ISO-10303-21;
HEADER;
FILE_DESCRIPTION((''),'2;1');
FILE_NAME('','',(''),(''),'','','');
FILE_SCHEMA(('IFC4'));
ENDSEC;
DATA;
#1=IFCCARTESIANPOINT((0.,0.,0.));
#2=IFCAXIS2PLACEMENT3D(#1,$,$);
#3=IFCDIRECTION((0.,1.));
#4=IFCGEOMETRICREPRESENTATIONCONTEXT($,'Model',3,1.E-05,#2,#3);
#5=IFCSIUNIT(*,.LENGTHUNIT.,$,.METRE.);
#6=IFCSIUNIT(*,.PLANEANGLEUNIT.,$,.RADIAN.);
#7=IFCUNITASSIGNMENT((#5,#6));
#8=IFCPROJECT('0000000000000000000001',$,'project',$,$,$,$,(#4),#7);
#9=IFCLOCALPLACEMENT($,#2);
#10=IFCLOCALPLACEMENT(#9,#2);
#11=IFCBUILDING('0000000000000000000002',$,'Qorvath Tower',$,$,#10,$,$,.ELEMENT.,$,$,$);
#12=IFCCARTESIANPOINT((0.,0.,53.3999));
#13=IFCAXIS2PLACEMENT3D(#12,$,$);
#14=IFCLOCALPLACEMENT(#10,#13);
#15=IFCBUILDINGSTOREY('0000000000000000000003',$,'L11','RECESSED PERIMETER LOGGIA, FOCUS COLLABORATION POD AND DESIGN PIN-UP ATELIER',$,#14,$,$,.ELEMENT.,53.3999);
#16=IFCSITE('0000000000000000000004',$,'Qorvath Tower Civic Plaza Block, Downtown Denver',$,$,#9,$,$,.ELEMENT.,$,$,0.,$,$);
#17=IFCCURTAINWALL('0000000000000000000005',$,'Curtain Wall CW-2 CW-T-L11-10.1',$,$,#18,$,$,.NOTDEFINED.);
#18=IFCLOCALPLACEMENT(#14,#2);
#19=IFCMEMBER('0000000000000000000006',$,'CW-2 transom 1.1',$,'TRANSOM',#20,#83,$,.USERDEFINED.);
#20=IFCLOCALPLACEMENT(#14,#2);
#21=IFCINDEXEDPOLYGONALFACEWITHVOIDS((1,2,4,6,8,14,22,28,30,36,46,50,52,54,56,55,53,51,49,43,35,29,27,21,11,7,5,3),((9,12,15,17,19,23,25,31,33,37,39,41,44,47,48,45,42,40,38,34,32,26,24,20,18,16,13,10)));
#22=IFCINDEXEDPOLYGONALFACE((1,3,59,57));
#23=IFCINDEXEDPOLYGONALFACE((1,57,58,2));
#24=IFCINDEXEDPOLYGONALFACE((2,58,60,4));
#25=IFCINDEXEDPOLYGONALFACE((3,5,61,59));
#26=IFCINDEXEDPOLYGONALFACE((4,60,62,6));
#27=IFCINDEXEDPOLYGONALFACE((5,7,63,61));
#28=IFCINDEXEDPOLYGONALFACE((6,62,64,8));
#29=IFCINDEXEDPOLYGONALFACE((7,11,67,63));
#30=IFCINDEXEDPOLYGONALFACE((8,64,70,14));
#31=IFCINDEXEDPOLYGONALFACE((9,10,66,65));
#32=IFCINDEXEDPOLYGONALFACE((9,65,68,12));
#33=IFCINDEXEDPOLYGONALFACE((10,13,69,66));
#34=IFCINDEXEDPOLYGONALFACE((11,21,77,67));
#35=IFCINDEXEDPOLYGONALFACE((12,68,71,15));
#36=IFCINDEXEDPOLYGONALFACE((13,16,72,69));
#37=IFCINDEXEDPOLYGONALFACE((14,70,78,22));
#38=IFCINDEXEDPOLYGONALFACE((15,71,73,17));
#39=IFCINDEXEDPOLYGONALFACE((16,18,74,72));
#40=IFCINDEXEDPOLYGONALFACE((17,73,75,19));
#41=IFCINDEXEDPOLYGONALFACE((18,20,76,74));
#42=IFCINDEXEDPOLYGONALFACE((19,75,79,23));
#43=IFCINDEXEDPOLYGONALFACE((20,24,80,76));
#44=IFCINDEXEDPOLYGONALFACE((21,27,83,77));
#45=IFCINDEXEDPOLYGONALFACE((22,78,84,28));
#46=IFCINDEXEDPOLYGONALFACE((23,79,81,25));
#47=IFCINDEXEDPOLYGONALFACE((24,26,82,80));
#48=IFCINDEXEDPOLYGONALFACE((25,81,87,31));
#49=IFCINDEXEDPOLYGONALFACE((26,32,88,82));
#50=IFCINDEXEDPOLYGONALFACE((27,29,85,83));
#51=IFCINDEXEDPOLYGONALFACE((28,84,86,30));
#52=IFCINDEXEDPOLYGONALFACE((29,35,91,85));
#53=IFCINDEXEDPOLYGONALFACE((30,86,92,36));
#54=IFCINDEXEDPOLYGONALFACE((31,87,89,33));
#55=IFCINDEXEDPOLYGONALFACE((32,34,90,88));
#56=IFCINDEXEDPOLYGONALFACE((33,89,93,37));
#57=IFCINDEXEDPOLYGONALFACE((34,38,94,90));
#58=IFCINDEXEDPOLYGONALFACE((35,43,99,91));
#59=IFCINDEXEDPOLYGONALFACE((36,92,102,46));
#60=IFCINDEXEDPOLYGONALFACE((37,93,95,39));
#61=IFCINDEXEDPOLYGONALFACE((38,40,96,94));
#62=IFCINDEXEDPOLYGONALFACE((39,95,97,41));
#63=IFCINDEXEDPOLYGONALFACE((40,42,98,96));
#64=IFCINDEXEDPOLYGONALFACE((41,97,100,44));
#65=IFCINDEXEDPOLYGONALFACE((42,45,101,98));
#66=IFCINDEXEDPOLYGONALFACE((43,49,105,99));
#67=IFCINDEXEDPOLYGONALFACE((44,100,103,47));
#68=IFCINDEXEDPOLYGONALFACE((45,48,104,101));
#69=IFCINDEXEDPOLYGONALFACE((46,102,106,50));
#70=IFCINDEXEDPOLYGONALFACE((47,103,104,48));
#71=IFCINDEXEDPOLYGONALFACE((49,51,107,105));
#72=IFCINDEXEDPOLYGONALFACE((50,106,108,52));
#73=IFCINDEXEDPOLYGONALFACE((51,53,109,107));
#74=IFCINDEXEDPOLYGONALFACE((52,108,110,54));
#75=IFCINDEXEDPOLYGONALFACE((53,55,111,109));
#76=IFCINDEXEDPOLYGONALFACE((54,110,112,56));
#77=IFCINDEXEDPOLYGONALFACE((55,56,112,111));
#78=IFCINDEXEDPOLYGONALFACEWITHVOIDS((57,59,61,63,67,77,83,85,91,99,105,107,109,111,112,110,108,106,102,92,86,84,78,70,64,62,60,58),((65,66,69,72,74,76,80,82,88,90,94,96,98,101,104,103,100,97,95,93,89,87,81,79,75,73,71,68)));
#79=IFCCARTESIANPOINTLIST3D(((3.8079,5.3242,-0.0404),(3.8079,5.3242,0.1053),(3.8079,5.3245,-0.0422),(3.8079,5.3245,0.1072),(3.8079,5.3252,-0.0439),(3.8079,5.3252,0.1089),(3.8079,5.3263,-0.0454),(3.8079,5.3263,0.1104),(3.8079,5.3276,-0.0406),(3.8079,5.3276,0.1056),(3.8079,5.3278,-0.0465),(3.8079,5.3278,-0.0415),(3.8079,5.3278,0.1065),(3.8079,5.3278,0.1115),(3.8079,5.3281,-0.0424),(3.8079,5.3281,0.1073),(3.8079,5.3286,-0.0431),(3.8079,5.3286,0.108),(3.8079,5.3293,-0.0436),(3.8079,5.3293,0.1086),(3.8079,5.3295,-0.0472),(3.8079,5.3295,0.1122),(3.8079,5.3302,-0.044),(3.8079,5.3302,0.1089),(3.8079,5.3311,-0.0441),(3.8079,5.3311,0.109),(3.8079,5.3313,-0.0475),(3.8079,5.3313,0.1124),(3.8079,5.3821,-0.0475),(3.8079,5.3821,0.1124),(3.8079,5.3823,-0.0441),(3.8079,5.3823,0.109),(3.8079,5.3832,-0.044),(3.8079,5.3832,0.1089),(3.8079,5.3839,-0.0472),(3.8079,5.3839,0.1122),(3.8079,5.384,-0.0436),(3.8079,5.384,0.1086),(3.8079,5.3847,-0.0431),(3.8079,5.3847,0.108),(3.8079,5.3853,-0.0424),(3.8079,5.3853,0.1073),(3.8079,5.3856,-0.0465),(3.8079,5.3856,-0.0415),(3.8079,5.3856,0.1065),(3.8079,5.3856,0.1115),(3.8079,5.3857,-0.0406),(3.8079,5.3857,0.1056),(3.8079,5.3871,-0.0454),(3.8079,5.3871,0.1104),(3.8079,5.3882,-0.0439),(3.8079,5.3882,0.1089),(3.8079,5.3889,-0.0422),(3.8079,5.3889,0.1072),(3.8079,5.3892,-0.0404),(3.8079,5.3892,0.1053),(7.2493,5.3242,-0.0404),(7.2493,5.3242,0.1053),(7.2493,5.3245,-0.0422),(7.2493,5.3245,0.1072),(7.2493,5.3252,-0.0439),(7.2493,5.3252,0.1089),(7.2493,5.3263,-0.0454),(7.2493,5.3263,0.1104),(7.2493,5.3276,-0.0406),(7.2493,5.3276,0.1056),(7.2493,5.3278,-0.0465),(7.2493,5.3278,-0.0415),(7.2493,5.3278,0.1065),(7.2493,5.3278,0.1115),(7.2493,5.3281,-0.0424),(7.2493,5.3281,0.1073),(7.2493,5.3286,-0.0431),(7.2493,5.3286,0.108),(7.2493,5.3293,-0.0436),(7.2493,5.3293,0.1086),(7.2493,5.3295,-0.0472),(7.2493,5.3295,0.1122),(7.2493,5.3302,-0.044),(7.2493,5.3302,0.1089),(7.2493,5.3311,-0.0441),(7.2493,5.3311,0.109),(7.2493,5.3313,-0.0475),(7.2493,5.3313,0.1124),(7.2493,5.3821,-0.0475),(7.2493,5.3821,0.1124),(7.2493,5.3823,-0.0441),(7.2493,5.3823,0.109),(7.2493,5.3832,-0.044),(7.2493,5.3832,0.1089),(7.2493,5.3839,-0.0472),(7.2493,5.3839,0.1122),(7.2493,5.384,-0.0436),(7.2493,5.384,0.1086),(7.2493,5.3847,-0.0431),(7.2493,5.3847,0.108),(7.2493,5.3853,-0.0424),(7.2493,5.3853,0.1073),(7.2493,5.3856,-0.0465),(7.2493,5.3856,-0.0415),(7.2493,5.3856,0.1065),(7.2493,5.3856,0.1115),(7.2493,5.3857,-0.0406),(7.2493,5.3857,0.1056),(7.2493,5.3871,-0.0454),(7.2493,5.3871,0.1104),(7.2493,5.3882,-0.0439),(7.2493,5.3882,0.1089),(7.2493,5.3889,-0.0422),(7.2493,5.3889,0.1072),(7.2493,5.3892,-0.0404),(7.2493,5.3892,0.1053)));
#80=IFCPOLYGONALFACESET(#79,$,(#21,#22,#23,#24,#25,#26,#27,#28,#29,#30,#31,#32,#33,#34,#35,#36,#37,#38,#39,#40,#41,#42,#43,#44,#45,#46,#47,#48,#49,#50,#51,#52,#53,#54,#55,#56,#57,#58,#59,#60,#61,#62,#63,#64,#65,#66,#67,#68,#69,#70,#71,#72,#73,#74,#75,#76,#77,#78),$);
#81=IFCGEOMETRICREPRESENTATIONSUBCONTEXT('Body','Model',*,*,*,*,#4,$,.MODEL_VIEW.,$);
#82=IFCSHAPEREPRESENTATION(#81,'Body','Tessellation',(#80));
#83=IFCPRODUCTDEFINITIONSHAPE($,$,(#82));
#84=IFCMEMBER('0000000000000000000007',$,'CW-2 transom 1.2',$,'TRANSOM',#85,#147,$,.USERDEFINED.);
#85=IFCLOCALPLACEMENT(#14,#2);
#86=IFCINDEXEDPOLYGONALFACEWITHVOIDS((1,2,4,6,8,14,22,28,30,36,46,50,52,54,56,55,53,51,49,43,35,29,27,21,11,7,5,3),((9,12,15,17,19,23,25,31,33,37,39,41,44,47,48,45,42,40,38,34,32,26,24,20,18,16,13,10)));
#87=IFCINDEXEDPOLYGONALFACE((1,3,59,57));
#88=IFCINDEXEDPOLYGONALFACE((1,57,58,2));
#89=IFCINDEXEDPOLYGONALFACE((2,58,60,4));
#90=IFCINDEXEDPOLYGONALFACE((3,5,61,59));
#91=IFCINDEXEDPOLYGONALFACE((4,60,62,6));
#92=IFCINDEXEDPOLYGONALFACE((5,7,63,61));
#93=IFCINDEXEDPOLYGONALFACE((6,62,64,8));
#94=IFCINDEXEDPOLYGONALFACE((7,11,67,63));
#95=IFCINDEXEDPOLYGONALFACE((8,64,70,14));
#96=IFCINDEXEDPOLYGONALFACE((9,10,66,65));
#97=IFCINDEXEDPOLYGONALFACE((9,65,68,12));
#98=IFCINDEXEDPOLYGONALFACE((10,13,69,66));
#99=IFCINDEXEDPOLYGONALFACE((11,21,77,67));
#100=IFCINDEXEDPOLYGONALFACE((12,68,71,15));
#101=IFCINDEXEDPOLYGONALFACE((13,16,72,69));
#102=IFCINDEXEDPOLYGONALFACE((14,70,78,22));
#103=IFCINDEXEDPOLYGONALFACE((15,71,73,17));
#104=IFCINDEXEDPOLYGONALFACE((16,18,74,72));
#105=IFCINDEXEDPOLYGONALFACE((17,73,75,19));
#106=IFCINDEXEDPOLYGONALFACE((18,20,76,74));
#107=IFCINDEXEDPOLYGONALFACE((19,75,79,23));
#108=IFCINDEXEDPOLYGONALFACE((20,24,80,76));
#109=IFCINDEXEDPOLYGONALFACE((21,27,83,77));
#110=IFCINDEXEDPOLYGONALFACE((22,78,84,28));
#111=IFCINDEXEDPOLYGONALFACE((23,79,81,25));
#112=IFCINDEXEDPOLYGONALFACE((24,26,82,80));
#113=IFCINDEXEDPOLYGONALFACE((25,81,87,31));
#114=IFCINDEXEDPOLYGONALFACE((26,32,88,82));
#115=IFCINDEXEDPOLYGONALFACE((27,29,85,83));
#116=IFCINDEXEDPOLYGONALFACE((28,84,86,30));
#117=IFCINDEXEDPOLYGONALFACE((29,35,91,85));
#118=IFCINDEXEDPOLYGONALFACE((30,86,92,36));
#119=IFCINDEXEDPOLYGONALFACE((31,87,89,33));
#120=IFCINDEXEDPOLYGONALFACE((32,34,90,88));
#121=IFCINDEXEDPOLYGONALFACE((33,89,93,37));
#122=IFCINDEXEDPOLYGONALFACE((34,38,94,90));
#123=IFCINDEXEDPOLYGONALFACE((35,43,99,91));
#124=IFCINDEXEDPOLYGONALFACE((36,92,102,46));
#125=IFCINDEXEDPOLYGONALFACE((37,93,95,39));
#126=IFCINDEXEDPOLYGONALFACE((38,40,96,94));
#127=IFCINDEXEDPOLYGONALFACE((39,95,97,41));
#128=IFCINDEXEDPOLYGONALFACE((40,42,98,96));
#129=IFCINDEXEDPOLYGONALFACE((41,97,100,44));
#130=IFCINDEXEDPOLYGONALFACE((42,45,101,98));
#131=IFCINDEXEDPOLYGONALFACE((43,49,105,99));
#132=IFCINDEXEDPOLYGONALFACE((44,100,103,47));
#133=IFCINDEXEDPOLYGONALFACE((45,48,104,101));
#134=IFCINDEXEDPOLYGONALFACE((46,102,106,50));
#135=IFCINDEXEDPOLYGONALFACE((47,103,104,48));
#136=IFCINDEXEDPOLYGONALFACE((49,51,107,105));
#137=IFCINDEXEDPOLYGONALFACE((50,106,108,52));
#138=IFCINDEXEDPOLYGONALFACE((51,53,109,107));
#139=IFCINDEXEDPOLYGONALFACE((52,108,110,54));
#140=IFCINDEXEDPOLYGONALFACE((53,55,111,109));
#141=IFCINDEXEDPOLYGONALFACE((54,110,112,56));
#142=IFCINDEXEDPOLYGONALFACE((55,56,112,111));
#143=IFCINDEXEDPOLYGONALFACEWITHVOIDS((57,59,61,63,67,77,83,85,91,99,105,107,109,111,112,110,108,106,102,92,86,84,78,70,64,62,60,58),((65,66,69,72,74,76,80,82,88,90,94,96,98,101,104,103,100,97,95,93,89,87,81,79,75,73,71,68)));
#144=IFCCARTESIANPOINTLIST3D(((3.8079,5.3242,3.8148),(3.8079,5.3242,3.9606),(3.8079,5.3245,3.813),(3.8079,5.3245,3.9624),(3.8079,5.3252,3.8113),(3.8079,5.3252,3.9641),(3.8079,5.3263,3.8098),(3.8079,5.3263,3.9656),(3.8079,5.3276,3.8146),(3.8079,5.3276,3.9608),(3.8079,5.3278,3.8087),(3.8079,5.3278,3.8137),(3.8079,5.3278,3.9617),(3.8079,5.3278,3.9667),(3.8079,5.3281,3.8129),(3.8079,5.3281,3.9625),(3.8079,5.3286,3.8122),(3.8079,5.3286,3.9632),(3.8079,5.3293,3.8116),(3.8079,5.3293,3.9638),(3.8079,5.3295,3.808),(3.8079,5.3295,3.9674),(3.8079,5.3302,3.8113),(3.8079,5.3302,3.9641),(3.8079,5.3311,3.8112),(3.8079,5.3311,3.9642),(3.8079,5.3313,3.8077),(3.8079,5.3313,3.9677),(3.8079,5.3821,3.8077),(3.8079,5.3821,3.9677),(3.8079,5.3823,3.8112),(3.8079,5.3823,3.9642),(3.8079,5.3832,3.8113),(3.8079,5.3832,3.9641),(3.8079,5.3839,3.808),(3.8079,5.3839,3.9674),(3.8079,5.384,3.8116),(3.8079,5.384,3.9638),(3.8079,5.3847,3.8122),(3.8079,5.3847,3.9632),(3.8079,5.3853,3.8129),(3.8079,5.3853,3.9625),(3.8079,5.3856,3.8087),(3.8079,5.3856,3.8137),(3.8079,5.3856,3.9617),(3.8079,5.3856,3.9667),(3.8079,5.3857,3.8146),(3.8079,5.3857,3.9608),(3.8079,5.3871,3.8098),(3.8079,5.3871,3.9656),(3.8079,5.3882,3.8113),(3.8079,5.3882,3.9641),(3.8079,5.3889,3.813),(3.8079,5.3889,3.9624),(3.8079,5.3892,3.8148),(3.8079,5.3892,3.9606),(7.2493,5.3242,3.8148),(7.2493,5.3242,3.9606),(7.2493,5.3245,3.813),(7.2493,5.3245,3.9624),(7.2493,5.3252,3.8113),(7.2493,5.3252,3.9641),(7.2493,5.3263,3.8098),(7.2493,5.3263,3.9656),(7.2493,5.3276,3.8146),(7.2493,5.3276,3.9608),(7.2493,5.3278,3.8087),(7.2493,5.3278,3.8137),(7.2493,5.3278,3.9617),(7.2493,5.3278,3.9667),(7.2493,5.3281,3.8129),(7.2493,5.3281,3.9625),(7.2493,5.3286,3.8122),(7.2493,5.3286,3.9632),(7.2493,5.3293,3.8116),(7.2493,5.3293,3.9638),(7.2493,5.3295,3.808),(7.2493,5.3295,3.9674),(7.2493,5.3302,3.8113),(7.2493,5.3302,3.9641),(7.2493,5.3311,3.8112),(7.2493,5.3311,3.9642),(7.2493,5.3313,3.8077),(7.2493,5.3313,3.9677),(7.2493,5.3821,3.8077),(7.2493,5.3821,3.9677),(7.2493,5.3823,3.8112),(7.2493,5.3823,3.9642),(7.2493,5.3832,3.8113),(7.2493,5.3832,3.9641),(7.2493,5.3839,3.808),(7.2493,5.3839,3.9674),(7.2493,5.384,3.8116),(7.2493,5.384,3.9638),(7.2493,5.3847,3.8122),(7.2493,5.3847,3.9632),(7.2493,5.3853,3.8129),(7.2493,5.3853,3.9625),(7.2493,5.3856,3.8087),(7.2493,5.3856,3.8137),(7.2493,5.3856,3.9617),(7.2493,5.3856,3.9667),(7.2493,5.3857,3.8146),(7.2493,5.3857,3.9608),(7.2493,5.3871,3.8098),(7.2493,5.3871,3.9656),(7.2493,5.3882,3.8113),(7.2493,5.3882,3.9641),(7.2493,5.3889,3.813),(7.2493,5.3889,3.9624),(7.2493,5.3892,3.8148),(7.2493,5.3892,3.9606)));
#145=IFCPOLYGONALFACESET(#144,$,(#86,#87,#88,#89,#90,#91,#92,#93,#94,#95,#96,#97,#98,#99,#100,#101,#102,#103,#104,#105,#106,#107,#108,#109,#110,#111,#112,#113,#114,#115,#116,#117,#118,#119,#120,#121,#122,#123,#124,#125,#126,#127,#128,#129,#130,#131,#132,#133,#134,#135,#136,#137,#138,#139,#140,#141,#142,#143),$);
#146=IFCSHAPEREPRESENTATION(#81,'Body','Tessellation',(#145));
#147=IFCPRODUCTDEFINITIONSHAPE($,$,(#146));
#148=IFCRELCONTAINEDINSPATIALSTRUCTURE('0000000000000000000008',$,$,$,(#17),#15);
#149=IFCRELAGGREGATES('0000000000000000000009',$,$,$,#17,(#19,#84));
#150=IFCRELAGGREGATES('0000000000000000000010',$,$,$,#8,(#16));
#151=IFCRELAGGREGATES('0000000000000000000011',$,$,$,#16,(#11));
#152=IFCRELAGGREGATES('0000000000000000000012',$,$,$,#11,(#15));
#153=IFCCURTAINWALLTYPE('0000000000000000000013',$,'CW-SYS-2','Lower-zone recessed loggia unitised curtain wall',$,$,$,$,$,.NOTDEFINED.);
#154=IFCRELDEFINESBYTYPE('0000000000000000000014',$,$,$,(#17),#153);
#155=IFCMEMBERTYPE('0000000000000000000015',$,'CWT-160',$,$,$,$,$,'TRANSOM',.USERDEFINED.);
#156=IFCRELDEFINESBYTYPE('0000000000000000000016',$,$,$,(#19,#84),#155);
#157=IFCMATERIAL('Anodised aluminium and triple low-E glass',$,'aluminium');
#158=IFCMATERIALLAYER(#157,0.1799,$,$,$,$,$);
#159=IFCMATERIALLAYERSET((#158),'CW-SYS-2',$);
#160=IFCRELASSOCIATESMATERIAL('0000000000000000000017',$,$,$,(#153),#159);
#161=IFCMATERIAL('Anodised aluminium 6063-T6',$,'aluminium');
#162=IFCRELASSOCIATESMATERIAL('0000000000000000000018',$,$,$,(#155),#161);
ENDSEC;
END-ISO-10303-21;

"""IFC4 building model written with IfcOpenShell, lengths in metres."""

from ifc_helpers import new_model, si_unit, direction, frame, origin, origin_2d, place, context, subcontext, project, spatial, hollow_rectangle, extrude, material, layer, layer_set, material_profile, profile_set, type_object, element, aggregate, save


model = new_model("IFC4")

# Units and contexts
model_context = context("Model", 3, precision=1e-05, world=origin(), true_north=direction((0.0, 1.0)))
body_context = subcontext(model_context, "Body", "Model", "MODEL_VIEW")
ifc_project = project(units=[si_unit("LENGTHUNIT", "METRE"), si_unit("PLANEANGLEUNIT", "RADIAN")], contexts=[model_context])

# Site, building, storey
site_placement = place(None, origin())
site = spatial("IfcSite", under=ifc_project, at=site_placement, Name="Qorvath Tower Civic Plaza Block, Downtown Denver", CompositionType="ELEMENT", RefElevation=0.0)
building_placement = place(site_placement, origin())
building = spatial("IfcBuilding", under=site, at=building_placement, Name="Qorvath Tower", CompositionType="ELEMENT")
storey_placement = place(building_placement, frame((0.0, 0.0, 53.3999)))
storey = spatial("IfcBuildingStorey", under=building, at=storey_placement, Name="L11", Description="RECESSED PERIMETER LOGGIA, FOCUS COLLABORATION POD AND DESIGN PIN-UP ATELIER", CompositionType="ELEMENT", Elevation=53.3999)

# Curtain wall
ifc_material_1 = material(Name="Anodised aluminium and triple low-E glass", Category="aluminium")
ifc_layer_1 = layer(ifc_material_1, 0.1799)
ifc_layer_set_1 = layer_set([ifc_layer_1], Name="CW-SYS-2")
curtain_wall_type = type_object("IfcCurtainWallType", Name="CW-SYS-2", Description="Lower-zone recessed loggia unitised curtain wall", PredefinedType="NOTDEFINED", material=ifc_layer_set_1)
curtain_wall_1_placement = place(storey_placement, origin())
curtain_wall_1 = element("IfcCurtainWall", 1, at=curtain_wall_1_placement, inside=storey, type_object=curtain_wall_type, Name="Curtain Wall CW-2 CW-T-L11-10.1", PredefinedType="NOTDEFINED")

# Members
ifc_material_2 = material(Name="Anodised aluminium 6063-T6", Category="aluminium")
ifc_material_profile_1 = material_profile(ifc_material_2, hollow_rectangle(XDim=0.0649, YDim=0.1599, WallThickness=0.0034, InnerFilletRadius=0.0034, OuterFilletRadius=0.0071, at=origin_2d()), Name="CWT 160x65")
ifc_profile_set_1 = profile_set([ifc_material_profile_1], Name="Anodised aluminium 6063-T6")
member_type_1 = type_object("IfcMemberType", Name="CWT-160", ElementType="TRANSOM", PredefinedType="USERDEFINED", material=ifc_profile_set_1)
member_1_placement = place(storey_placement, frame((3.8079, 5.3567, 0.0325), z_axis=(1.0, 0.0, 0.0), x_axis=(0.0, 1.0, 0.0)))
member_1 = element("IfcMember", 2, at=member_1_placement, type_object=member_type_1, Name="CW-2 transom 1.1", ObjectType="TRANSOM", PredefinedType="USERDEFINED", context=body_context, shape_type="SweptSolid", body=[
    extrude(hollow_rectangle(XDim=0.0649, YDim=0.1599, WallThickness=0.0034, InnerFilletRadius=0.0034, OuterFilletRadius=0.0071, at=origin_2d()), origin(), (0.0, 0.0, 1.0), 3.4414),
])
member_2_placement = place(storey_placement, frame((3.8079, 5.3567, 3.8877), z_axis=(1.0, 0.0, 0.0), x_axis=(0.0, 1.0, 0.0)))
member_2 = element("IfcMember", 3, at=member_2_placement, type_object=member_type_1, Name="CW-2 transom 1.2", ObjectType="TRANSOM", PredefinedType="USERDEFINED", context=body_context, shape_type="SweptSolid", body=[
    extrude(hollow_rectangle(XDim=0.0649, YDim=0.1599, WallThickness=0.0034, InnerFilletRadius=0.0034, OuterFilletRadius=0.0071, at=origin_2d()), origin(), (0.0, 0.0, 1.0), 3.4414),
])

aggregate(curtain_wall_1, [member_1, member_2])

save(model, "model.ifc")
